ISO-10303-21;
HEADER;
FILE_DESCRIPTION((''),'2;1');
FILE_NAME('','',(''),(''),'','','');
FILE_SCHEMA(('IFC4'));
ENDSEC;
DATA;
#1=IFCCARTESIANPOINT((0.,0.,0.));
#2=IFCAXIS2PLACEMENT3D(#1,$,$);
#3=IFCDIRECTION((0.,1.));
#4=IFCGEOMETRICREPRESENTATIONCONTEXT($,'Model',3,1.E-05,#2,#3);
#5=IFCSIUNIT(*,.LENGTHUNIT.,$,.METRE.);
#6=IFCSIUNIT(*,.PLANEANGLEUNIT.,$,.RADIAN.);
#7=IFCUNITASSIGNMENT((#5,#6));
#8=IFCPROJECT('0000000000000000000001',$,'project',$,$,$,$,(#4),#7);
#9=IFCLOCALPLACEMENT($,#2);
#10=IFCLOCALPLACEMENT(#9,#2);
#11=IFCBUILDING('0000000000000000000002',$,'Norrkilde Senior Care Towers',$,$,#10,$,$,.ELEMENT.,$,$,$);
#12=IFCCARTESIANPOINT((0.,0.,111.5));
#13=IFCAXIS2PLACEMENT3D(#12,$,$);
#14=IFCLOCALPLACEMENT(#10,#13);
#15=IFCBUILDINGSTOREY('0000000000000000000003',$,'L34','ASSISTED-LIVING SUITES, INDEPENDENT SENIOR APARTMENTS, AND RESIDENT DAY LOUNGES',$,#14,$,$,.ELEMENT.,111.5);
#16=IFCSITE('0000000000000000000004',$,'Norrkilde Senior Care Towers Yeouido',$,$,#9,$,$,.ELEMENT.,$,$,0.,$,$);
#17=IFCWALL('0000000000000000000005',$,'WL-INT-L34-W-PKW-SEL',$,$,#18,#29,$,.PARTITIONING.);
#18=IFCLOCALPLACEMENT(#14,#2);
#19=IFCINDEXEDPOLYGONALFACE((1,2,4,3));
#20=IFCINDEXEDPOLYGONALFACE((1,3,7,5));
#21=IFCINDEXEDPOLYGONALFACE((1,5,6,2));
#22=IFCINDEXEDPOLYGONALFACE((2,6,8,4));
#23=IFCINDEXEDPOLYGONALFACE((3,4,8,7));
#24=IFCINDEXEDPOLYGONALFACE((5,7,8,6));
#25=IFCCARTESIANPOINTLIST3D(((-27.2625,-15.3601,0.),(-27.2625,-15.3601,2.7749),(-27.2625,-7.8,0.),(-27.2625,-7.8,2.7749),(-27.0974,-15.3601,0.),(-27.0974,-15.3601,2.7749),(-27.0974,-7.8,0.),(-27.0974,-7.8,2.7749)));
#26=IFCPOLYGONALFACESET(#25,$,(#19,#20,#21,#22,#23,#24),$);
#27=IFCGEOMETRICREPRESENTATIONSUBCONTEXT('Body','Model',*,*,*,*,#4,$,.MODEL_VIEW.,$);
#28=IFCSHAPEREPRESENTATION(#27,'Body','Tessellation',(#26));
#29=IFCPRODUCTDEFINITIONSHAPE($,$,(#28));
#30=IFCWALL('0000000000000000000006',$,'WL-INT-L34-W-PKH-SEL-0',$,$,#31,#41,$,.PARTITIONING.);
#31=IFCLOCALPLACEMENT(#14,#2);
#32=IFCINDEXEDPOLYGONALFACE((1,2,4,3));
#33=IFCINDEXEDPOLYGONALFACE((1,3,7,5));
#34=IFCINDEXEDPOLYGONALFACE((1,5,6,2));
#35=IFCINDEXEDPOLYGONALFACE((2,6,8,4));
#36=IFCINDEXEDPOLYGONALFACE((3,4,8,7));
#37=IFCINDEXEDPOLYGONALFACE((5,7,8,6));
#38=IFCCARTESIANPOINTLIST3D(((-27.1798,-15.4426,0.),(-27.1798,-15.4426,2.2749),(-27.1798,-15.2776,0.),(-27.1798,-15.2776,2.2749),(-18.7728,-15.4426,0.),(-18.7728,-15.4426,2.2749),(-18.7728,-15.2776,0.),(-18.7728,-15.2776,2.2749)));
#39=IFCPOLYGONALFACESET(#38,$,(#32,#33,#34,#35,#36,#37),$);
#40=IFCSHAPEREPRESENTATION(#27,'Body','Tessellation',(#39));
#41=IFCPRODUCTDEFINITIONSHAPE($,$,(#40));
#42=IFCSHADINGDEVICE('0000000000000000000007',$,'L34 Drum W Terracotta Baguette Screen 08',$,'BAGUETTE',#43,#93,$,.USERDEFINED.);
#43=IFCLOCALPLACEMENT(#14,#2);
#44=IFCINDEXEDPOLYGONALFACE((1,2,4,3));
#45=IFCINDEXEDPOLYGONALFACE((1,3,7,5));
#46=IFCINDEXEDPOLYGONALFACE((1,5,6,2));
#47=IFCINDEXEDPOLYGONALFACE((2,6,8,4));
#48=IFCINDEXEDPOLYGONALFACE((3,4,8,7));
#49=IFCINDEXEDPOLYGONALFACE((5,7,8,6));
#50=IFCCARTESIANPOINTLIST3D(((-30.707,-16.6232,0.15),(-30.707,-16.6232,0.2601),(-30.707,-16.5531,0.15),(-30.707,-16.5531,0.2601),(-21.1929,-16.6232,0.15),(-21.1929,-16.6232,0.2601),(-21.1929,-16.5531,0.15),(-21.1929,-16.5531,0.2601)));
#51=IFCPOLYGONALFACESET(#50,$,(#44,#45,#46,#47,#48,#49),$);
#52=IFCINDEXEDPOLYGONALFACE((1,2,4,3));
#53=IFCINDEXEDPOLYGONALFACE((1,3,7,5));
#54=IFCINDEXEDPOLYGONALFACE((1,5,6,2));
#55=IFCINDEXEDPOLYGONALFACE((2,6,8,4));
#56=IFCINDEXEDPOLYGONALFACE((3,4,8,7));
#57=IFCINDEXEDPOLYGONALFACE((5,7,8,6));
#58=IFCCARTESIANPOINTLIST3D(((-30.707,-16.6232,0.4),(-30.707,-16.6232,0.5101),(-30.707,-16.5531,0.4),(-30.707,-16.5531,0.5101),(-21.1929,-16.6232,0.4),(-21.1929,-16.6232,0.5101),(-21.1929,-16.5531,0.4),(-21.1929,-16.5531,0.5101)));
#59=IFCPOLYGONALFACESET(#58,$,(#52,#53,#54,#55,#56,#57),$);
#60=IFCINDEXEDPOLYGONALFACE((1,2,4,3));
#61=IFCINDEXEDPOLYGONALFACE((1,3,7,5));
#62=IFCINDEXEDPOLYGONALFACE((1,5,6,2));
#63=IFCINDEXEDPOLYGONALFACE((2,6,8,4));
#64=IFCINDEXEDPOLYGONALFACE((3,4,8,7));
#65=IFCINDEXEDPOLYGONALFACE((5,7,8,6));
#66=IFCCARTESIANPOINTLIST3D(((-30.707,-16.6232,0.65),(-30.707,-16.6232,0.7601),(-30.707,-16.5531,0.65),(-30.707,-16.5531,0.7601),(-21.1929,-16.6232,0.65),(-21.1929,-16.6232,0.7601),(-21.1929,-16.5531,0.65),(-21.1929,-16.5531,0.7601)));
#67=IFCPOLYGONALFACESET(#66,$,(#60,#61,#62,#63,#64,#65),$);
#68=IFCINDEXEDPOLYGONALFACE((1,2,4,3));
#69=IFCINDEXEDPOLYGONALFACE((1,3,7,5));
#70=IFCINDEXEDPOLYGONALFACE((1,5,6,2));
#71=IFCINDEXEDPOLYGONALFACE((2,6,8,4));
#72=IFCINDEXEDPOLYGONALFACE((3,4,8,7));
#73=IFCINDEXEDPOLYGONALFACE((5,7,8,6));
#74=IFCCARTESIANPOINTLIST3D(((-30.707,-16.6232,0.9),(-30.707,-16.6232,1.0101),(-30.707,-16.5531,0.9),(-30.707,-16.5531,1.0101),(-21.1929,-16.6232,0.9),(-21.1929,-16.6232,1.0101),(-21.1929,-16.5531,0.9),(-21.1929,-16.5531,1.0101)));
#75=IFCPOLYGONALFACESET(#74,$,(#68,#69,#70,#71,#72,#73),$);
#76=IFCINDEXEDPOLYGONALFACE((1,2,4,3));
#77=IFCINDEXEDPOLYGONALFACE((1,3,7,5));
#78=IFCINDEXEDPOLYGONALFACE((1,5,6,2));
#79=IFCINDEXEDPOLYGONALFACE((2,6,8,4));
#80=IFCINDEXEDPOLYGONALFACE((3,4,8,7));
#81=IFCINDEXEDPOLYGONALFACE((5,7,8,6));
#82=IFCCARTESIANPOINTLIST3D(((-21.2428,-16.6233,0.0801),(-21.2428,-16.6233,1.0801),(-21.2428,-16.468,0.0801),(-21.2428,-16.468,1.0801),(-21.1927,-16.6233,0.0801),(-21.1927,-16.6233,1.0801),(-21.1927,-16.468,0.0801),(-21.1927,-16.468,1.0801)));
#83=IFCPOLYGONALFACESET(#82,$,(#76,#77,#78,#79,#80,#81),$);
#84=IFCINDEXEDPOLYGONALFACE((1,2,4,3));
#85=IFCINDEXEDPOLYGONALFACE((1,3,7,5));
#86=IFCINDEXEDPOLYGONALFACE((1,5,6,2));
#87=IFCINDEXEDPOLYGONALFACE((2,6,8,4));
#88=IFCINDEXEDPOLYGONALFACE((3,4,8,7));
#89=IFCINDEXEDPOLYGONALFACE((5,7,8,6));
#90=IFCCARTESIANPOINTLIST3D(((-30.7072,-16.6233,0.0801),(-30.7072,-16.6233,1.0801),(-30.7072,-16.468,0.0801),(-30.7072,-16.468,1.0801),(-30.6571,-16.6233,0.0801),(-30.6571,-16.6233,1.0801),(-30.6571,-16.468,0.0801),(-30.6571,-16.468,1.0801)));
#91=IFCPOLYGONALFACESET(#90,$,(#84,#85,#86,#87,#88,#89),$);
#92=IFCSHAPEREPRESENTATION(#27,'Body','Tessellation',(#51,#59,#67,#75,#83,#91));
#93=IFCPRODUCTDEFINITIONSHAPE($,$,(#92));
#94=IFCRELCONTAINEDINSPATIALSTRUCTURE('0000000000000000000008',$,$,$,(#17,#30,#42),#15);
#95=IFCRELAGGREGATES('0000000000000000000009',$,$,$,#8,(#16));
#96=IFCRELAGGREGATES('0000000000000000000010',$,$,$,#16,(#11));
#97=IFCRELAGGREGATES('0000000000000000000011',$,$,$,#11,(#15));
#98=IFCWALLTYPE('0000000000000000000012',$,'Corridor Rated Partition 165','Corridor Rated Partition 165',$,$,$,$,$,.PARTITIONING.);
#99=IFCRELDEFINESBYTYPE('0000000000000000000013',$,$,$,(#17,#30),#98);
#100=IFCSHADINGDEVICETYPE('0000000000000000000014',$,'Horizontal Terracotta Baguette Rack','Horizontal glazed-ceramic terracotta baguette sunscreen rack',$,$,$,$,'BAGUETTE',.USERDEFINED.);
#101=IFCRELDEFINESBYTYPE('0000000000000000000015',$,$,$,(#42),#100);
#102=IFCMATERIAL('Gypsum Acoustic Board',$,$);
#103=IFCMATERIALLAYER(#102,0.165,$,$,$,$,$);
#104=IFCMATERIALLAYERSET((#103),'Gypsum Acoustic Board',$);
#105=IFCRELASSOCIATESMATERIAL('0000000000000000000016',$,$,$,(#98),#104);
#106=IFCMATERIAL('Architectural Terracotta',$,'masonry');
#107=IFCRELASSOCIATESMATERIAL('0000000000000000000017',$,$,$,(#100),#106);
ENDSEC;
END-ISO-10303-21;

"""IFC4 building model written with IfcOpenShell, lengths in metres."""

from ifc_helpers import new_model, si_unit, direction, frame, frame_2d, origin, origin_2d, place, context, subcontext, project, spatial, rectangle, extrude, source, transform, mapped, material, layer, layer_set, type_object, type_shapes, element, save


model = new_model("IFC4")

# Units and contexts
model_context = context("Model", 3, precision=1e-05, world=origin(), true_north=direction((0.0, 1.0)))
body_context = subcontext(model_context, "Body", "Model", "MODEL_VIEW")
ifc_project = project(units=[si_unit("LENGTHUNIT", "METRE"), si_unit("PLANEANGLEUNIT", "RADIAN")], contexts=[model_context])

# Site, building, storey
site_placement = place(None, origin())
site = spatial("IfcSite", under=ifc_project, at=site_placement, Name="Norrkilde Senior Care Towers Yeouido", CompositionType="ELEMENT", RefElevation=0.0)
building_placement = place(site_placement, origin())
building = spatial("IfcBuilding", under=site, at=building_placement, Name="Norrkilde Senior Care Towers", CompositionType="ELEMENT")
storey_placement = place(building_placement, frame((0.0, 0.0, 111.5)))
storey = spatial("IfcBuildingStorey", under=building, at=storey_placement, Name="L34", Description="ASSISTED-LIVING SUITES, INDEPENDENT SENIOR APARTMENTS, AND RESIDENT DAY LOUNGES", CompositionType="ELEMENT", Elevation=111.5)

# Shared definitions
ifc_material_1 = material(Name="Gypsum Acoustic Board")
ifc_layer_1 = layer(ifc_material_1, 0.165)
ifc_layer_set_1 = layer_set([ifc_layer_1], Name="Gypsum Acoustic Board")
wall_type_1 = type_object("IfcWallType", Name="Corridor Rated Partition 165", Description="Corridor Rated Partition 165", PredefinedType="PARTITIONING", material=ifc_layer_set_1)

# Walls
shared_shape_1 = source(origin(), body_context, "Body", "SweptSolid", [
    extrude(rectangle(XDim=7.5601, YDim=0.165, at=frame_2d((3.78, 0.0))), origin(), (0.0, 0.0, 1.0), 2.7749),
])
wall_1_placement = place(storey_placement, frame((-27.1799, -15.3601, 0.0), z_axis=(0.0, 0.0, 1.0), x_axis=(0.0, 1.0, 0.0)))
element("IfcWall", 1, at=wall_1_placement, inside=storey, type_object=wall_type_1, Name="WL-INT-L34-W-PKW-SEL", PredefinedType="PARTITIONING", context=body_context, shape_type="MappedRepresentation", body=[
    mapped(shared_shape_1, transform((0.0, 0.0, 0.0), x_axis=(1.0, 0.0, 0.0), y_axis=(0.0, 1.0, 0.0), z_axis=(0.0, 0.0, 1.0), scale=1.0)),
])
shared_shape_2 = source(origin(), body_context, "Body", "SweptSolid", [
    extrude(rectangle(XDim=8.407, YDim=0.165, at=frame_2d((4.2036, 0.0))), origin(), (0.0, 0.0, 1.0), 2.2749),
])
wall_2_placement = place(storey_placement, frame((-27.1799, -15.3601, 0.0), z_axis=(0.0, 0.0, 1.0), x_axis=(1.0, 0.0, 0.0)))
element("IfcWall", 2, at=wall_2_placement, inside=storey, type_object=wall_type_1, Name="WL-INT-L34-W-PKH-SEL-0", PredefinedType="PARTITIONING", context=body_context, shape_type="MappedRepresentation", body=[
    mapped(shared_shape_2, transform((0.0, 0.0, 0.0), x_axis=(1.0, 0.0, 0.0), y_axis=(0.0, 1.0, 0.0), z_axis=(0.0, 0.0, 1.0), scale=1.0)),
])

# Shading device
ifc_material_2 = material(Name="Architectural Terracotta", Category="masonry")
shading_device_type = type_object("IfcShadingDeviceType", Name="Horizontal Terracotta Baguette Rack", Description="Horizontal glazed-ceramic terracotta baguette sunscreen rack", ElementType="BAGUETTE", PredefinedType="USERDEFINED", material=ifc_material_2)
shared_shape_3 = source(origin(), body_context, "Body", "SweptSolid", [
    extrude(rectangle(XDim=0.0701, YDim=0.1101, at=origin_2d()), frame((0.0, 0.0901, 0.125), z_axis=(1.0, 0.0, 0.0), x_axis=(0.0, 1.0, 0.0)), (0.0, 0.0, 1.0), 9.5142),
    extrude(rectangle(XDim=0.0701, YDim=0.1101, at=origin_2d()), frame((0.0, 0.0901, 0.375), z_axis=(1.0, 0.0, 0.0), x_axis=(0.0, 1.0, 0.0)), (0.0, 0.0, 1.0), 9.5142),
    extrude(rectangle(XDim=0.0701, YDim=0.1101, at=origin_2d()), frame((0.0, 0.0901, 0.625), z_axis=(1.0, 0.0, 0.0), x_axis=(0.0, 1.0, 0.0)), (0.0, 0.0, 1.0), 9.5142),
    extrude(rectangle(XDim=0.0701, YDim=0.1101, at=origin_2d()), frame((0.0, 0.0901, 0.875), z_axis=(1.0, 0.0, 0.0), x_axis=(0.0, 1.0, 0.0)), (0.0, 0.0, 1.0), 9.5142),
    extrude(rectangle(XDim=0.05, YDim=0.1553, at=origin_2d()), frame((0.0249, 0.0476, 0.0)), (0.0, 0.0, 1.0), 1.0),
    extrude(rectangle(XDim=0.05, YDim=0.1553, at=origin_2d()), frame((9.4893, 0.0476, 0.0)), (0.0, 0.0, 1.0), 1.0),
])
type_shapes(shading_device_type, [shared_shape_3])
shading_device_placement = place(storey_placement, frame((-21.1929, -16.498, 0.0801), z_axis=(0.0, 0.0, 1.0), x_axis=(-1.0, 0.0, 0.0)))
element("IfcShadingDevice", 3, at=shading_device_placement, inside=storey, type_object=shading_device_type, Name="L34 Drum W Terracotta Baguette Screen 08", ObjectType="BAGUETTE", PredefinedType="USERDEFINED", context=body_context, shape_type="MappedRepresentation", body=[
    mapped(shared_shape_3, transform((0.0, 0.0, 0.0), x_axis=(1.0, 0.0, 0.0), y_axis=(0.0, 1.0, 0.0), z_axis=(0.0, 0.0, 1.0), scale=1.0)),
])

save(model, "model.ifc")
